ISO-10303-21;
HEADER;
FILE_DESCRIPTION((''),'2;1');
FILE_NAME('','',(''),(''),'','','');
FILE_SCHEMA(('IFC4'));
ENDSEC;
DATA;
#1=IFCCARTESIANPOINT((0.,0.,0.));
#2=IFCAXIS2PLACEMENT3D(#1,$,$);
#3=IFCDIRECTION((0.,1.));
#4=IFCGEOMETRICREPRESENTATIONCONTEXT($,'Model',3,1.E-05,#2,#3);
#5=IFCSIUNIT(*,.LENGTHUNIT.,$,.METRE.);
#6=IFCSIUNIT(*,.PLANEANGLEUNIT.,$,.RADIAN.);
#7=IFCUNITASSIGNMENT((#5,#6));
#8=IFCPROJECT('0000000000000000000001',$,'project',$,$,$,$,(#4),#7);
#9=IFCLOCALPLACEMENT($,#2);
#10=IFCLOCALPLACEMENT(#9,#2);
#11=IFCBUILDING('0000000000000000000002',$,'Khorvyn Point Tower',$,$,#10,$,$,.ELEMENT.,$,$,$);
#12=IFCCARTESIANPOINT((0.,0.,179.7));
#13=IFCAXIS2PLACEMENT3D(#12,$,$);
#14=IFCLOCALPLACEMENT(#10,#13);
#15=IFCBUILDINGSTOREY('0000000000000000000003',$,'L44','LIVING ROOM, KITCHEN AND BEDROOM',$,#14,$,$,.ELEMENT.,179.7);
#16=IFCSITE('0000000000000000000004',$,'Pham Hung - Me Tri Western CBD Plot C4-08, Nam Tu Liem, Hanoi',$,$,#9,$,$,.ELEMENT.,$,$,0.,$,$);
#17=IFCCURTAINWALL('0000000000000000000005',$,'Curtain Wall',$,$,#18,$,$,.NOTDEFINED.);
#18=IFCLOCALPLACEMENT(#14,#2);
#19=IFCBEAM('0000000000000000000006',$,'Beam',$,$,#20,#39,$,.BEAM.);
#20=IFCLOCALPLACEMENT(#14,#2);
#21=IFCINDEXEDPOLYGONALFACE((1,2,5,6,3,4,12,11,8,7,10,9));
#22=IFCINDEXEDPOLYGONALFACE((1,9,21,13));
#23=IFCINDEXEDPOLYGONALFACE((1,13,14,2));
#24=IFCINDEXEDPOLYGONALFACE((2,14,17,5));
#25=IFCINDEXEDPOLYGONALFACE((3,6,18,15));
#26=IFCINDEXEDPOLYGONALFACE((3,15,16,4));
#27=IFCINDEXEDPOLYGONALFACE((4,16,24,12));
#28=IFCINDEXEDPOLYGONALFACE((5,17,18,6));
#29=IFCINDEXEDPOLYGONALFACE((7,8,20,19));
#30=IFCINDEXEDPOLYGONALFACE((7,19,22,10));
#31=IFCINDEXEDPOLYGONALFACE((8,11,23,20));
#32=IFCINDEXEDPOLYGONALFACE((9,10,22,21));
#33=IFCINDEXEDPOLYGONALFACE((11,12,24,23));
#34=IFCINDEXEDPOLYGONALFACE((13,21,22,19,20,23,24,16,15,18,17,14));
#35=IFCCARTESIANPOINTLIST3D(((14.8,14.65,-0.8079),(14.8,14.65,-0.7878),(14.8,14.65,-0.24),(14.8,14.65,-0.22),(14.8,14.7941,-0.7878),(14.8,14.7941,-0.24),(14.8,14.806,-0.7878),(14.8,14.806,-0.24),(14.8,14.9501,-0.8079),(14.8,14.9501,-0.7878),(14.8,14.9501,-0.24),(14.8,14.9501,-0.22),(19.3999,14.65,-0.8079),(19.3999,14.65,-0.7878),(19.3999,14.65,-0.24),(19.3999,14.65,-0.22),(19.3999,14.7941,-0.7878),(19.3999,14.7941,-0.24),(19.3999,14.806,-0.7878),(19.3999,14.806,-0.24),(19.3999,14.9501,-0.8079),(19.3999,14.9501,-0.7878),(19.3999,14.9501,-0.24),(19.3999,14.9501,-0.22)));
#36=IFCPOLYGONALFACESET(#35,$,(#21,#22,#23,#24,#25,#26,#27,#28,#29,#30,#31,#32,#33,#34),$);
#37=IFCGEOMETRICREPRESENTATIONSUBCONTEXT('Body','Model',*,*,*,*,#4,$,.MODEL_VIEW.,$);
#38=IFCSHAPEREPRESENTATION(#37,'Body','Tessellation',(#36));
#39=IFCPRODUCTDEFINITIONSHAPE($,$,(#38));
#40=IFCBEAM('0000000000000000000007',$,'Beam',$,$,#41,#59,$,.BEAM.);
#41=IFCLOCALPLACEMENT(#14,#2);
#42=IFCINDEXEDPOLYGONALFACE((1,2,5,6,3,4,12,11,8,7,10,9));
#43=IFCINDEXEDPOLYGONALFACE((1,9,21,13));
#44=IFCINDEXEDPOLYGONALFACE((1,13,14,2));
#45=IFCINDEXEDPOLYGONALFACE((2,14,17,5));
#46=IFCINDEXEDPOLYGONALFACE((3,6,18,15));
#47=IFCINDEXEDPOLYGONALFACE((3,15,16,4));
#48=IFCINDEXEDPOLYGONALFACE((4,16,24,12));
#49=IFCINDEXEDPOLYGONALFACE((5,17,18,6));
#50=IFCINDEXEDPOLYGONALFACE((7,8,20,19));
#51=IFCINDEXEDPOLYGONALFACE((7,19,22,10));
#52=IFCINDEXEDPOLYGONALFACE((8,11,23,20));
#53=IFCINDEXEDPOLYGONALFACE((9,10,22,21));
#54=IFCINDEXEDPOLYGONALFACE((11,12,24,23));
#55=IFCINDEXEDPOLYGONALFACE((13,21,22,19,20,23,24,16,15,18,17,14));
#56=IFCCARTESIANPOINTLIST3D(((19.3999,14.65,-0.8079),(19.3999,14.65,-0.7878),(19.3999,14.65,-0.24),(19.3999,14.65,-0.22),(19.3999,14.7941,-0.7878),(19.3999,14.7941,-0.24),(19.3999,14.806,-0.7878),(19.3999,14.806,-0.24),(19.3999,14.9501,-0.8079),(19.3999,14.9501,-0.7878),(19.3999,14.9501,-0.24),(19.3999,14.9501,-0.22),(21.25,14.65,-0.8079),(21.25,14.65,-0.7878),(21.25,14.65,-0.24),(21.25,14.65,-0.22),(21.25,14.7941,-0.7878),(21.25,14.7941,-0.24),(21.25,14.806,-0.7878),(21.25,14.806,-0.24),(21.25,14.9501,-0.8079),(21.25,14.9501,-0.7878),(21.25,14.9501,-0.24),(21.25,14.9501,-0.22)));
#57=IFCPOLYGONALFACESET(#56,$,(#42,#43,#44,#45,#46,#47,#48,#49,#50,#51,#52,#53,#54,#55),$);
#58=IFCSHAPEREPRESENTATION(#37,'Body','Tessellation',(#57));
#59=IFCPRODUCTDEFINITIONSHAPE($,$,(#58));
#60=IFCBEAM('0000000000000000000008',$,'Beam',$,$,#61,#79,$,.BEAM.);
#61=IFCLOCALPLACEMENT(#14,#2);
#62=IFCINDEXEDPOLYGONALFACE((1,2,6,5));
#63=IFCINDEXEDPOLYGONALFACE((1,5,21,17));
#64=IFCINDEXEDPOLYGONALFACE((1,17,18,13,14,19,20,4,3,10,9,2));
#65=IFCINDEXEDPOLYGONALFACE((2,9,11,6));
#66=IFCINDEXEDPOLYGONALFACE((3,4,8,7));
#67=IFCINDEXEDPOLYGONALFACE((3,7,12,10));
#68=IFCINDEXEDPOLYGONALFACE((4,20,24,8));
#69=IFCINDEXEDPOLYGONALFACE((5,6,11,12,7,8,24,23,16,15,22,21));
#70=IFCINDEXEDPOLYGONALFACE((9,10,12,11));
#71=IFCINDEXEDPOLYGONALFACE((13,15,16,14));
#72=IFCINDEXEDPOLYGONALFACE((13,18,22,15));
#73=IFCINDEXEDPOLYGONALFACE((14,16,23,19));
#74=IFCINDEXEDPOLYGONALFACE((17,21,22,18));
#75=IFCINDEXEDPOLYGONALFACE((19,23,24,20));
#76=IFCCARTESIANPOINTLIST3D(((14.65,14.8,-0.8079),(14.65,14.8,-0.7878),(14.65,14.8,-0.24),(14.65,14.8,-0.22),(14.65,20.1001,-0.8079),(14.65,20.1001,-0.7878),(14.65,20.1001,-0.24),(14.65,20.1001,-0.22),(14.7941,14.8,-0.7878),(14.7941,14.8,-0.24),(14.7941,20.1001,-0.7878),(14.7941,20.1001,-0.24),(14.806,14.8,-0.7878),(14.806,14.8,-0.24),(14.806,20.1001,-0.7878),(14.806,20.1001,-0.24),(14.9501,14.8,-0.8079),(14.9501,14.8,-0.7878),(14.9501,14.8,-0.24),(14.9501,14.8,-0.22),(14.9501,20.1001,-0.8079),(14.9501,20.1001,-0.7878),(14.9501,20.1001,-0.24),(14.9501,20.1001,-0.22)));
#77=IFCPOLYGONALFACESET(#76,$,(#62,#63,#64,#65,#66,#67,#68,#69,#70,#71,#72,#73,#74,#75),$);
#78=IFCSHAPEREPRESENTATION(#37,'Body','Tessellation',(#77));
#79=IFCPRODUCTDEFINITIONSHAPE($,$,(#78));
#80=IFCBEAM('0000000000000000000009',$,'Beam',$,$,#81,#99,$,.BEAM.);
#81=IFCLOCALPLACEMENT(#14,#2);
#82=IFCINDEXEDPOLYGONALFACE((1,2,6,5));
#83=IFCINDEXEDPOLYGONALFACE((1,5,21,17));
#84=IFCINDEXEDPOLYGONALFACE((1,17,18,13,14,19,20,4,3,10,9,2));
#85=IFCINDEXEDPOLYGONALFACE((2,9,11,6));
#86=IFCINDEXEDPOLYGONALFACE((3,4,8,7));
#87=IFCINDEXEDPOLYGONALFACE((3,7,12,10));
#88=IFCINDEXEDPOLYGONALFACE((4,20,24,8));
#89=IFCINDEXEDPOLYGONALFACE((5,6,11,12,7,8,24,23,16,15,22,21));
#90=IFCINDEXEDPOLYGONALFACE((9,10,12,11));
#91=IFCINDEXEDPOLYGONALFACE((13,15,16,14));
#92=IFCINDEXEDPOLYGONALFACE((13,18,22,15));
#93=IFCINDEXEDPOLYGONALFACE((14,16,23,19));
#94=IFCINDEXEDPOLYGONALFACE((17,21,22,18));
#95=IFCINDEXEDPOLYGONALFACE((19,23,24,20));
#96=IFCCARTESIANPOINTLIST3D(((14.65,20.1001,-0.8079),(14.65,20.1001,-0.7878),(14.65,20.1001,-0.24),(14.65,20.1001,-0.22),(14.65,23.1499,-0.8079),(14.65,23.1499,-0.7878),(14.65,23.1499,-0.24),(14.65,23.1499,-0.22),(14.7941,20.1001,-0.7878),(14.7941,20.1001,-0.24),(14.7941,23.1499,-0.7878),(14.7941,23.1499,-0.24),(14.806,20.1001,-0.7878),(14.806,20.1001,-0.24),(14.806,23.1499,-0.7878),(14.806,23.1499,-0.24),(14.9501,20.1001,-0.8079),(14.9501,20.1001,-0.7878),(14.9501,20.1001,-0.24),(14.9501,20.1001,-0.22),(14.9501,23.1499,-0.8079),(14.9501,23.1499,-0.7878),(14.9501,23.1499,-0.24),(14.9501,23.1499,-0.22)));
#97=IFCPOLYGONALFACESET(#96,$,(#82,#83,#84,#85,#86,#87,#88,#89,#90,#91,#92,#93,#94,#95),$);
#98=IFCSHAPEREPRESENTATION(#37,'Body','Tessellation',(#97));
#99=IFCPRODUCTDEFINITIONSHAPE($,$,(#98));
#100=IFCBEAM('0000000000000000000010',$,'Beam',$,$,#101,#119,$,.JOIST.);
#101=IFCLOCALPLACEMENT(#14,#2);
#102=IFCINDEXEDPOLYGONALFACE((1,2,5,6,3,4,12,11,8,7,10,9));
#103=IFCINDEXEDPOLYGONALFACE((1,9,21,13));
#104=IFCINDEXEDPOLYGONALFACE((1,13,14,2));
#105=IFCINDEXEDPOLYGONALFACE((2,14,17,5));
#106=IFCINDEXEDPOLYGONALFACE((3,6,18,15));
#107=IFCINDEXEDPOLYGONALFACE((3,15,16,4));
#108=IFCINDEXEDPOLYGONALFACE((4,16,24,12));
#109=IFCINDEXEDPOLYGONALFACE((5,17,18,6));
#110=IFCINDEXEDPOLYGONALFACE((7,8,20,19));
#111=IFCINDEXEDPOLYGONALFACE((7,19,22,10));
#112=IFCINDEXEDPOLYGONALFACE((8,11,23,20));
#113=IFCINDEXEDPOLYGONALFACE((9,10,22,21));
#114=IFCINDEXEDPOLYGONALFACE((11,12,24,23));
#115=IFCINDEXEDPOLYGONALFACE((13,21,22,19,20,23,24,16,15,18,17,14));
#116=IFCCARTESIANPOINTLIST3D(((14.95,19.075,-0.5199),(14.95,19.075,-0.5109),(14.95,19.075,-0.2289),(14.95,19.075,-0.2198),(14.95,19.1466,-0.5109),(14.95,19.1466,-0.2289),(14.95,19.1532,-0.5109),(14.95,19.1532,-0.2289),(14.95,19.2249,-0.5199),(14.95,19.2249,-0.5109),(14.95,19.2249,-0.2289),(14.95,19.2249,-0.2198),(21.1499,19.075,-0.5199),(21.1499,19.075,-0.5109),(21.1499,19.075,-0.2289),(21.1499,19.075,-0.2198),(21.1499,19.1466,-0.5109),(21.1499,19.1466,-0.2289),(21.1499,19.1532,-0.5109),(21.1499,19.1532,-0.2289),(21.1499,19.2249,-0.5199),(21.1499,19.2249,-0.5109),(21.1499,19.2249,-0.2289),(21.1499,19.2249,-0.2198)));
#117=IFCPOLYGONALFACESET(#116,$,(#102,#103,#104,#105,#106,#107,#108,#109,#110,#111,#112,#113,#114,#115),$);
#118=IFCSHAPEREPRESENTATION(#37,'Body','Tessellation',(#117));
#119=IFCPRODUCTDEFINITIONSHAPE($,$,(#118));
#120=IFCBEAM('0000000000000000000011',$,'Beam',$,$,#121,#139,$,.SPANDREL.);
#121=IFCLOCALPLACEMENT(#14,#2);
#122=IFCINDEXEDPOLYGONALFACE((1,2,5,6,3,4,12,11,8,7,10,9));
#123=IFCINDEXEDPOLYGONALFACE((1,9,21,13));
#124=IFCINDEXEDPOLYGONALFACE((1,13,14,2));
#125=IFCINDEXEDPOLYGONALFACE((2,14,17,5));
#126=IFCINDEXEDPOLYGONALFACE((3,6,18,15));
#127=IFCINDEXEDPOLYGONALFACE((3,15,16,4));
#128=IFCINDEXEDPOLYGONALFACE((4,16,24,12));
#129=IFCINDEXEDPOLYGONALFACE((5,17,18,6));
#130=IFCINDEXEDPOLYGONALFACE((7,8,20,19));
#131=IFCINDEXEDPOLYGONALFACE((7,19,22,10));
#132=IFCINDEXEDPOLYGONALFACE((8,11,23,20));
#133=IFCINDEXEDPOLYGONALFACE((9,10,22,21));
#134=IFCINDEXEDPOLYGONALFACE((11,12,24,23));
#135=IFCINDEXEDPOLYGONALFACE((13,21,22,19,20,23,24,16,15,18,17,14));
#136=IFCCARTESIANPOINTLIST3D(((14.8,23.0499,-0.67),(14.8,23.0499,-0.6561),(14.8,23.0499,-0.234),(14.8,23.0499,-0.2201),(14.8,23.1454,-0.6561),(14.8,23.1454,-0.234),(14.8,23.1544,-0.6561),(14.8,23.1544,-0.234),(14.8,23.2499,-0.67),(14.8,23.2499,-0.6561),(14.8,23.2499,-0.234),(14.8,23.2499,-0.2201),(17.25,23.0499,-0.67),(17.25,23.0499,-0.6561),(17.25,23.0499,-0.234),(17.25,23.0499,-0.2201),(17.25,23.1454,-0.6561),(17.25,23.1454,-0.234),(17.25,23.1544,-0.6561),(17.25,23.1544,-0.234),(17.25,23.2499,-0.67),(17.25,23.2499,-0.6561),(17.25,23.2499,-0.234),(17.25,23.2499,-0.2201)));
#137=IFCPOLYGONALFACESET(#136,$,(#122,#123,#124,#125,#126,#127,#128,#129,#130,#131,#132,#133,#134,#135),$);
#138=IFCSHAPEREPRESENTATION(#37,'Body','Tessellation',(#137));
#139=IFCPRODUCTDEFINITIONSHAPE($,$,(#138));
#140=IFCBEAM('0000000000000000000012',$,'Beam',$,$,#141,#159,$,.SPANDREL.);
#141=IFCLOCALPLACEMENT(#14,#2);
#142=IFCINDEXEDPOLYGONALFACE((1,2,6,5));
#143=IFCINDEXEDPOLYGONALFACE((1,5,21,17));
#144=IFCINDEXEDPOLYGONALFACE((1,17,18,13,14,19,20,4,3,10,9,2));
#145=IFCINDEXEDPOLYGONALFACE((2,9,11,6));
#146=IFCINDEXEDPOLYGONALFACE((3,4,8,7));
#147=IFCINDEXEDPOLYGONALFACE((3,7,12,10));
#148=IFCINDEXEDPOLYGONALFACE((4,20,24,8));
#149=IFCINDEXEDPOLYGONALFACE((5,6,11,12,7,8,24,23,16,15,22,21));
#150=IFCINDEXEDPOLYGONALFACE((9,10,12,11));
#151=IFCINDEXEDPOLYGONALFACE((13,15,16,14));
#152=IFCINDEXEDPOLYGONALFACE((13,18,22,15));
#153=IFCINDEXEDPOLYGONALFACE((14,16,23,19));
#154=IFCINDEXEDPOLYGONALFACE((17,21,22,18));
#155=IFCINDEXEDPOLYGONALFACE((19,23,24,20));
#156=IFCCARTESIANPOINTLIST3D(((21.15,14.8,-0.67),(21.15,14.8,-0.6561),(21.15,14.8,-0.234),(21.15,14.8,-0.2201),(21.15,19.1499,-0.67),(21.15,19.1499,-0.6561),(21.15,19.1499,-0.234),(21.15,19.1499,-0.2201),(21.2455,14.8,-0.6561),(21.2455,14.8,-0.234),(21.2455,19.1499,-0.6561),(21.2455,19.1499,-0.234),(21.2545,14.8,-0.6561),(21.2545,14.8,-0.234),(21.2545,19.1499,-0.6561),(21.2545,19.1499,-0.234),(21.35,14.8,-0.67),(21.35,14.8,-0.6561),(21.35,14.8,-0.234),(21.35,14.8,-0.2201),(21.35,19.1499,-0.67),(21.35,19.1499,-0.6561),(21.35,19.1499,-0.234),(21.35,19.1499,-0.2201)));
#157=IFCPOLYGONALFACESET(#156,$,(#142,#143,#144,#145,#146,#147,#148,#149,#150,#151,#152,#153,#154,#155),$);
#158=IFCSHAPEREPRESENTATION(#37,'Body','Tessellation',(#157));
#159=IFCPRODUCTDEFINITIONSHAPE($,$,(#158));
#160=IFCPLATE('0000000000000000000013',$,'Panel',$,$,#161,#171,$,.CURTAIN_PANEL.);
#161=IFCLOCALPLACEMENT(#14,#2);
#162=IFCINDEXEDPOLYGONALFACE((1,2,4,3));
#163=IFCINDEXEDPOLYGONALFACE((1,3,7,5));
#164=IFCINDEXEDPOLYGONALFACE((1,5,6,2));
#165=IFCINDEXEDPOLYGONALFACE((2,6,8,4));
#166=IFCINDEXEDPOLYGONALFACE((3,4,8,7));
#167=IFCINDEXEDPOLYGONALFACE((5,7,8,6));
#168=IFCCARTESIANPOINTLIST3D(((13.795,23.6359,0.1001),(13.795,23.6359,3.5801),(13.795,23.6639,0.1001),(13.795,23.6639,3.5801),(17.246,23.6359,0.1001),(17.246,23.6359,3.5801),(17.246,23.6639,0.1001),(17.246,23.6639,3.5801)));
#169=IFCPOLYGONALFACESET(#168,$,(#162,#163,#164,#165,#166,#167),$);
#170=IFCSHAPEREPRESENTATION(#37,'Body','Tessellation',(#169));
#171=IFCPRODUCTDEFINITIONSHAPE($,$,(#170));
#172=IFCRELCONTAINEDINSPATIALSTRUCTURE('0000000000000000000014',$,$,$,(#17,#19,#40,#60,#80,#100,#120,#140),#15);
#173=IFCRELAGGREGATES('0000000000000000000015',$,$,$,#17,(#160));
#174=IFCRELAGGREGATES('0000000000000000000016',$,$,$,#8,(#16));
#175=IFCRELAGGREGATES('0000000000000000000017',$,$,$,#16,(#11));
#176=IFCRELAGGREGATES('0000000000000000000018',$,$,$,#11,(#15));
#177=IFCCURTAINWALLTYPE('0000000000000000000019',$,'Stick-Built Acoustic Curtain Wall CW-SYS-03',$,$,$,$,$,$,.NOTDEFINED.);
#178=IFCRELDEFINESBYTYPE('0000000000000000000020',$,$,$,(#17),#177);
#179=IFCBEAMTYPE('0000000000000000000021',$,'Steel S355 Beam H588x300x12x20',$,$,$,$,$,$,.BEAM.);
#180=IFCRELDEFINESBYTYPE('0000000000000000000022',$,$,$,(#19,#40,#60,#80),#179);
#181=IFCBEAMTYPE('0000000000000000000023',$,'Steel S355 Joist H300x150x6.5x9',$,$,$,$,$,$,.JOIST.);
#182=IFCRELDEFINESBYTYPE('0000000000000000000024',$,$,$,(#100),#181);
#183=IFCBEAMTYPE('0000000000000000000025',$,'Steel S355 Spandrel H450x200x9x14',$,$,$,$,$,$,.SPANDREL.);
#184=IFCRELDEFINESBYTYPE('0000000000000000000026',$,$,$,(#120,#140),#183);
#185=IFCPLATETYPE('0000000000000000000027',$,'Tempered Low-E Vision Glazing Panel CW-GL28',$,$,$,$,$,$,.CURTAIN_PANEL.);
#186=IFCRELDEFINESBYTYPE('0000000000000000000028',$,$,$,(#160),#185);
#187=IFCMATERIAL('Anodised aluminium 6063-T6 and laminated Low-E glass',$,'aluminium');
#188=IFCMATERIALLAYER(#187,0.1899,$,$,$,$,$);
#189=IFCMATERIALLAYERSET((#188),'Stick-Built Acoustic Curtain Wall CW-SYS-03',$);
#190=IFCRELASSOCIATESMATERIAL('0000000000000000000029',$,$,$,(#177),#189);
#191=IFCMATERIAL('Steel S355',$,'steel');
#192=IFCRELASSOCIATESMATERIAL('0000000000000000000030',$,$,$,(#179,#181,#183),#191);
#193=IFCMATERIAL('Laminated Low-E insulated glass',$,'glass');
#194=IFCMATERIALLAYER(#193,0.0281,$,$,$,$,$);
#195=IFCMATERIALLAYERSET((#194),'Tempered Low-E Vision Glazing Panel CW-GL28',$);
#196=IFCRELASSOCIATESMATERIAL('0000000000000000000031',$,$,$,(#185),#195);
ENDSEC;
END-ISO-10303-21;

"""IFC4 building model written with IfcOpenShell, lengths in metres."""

from ifc_helpers import new_model, si_unit, direction, frame, origin, origin_2d, place, context, subcontext, project, spatial, rectangle, i_section, extrude, material, layer, layer_set, material_profile, profile_set, type_object, element, aggregate, save


model = new_model("IFC4")

# Units and contexts
model_context = context("Model", 3, precision=1e-05, world=origin(), true_north=direction((0.0, 1.0)))
body_context = subcontext(model_context, "Body", "Model", "MODEL_VIEW")
ifc_project = project(units=[si_unit("LENGTHUNIT", "METRE"), si_unit("PLANEANGLEUNIT", "RADIAN")], contexts=[model_context])

# Site, building, storey
site_placement = place(None, origin())
site = spatial("IfcSite", under=ifc_project, at=site_placement, Name="Pham Hung - Me Tri Western CBD Plot C4-08, Nam Tu Liem, Hanoi", CompositionType="ELEMENT", RefElevation=0.0)
building_placement = place(site_placement, origin())
building = spatial("IfcBuilding", under=site, at=building_placement, Name="Khorvyn Point Tower", CompositionType="ELEMENT")
storey_placement = place(building_placement, frame((0.0, 0.0, 179.7)))
storey = spatial("IfcBuildingStorey", under=building, at=storey_placement, Name="L44", Description="LIVING ROOM, KITCHEN AND BEDROOM", CompositionType="ELEMENT", Elevation=179.7)

# Curtain wall
ifc_material_1 = material(Name="Anodised aluminium 6063-T6 and laminated Low-E glass", Category="aluminium")
ifc_layer_1 = layer(ifc_material_1, 0.1899)
ifc_layer_set_1 = layer_set([ifc_layer_1], Name="Stick-Built Acoustic Curtain Wall CW-SYS-03")
curtain_wall_type = type_object("IfcCurtainWallType", Name="Stick-Built Acoustic Curtain Wall CW-SYS-03", PredefinedType="NOTDEFINED", material=ifc_layer_set_1)
curtain_wall_1_placement = place(storey_placement, origin())
curtain_wall_1 = element("IfcCurtainWall", 1, at=curtain_wall_1_placement, inside=storey, type_object=curtain_wall_type, Name="Curtain Wall", PredefinedType="NOTDEFINED")

# Beams
ifc_material_2 = material(Name="Steel S355", Category="steel")
ifc_material_profile_1 = material_profile(ifc_material_2, i_section(OverallWidth=0.3, OverallDepth=0.5879, WebThickness=0.012, FlangeThickness=0.02, at=origin_2d()))
ifc_profile_set_1 = profile_set([ifc_material_profile_1], Name="Steel S355 H588x300x12x20")
beam_type_1 = type_object("IfcBeamType", Name="Steel S355 Beam H588x300x12x20", PredefinedType="BEAM", material=ifc_profile_set_1)
beam_1_placement = place(storey_placement, frame((14.8, 14.8, -0.5139), z_axis=(1.0, 0.0, 0.0), x_axis=(0.0, 1.0, 0.0)))
element("IfcBeam", 2, at=beam_1_placement, inside=storey, type_object=beam_type_1, Name="Beam", PredefinedType="BEAM", context=body_context, shape_type="SweptSolid", body=[
    extrude(i_section(OverallWidth=0.3, OverallDepth=0.5879, WebThickness=0.012, FlangeThickness=0.02, at=origin_2d()), origin(), (0.0, 0.0, 1.0), 4.5999),
])
beam_2_placement = place(storey_placement, frame((19.3999, 14.8, -0.5139), z_axis=(1.0, 0.0, 0.0), x_axis=(0.0, 1.0, 0.0)))
element("IfcBeam", 3, at=beam_2_placement, inside=storey, type_object=beam_type_1, Name="Beam", PredefinedType="BEAM", context=body_context, shape_type="SweptSolid", body=[
    extrude(i_section(OverallWidth=0.3, OverallDepth=0.5879, WebThickness=0.012, FlangeThickness=0.02, at=origin_2d()), origin(), (0.0, 0.0, 1.0), 1.8501),
])
beam_3_placement = place(storey_placement, frame((14.8, 14.8, -0.5139), z_axis=(0.0, 1.0, 0.0), x_axis=(-1.0, 0.0, 0.0)))
element("IfcBeam", 4, at=beam_3_placement, inside=storey, type_object=beam_type_1, Name="Beam", PredefinedType="BEAM", context=body_context, shape_type="SweptSolid", body=[
    extrude(i_section(OverallWidth=0.3, OverallDepth=0.5879, WebThickness=0.012, FlangeThickness=0.02, at=origin_2d()), origin(), (0.0, 0.0, 1.0), 5.3),
])
beam_4_placement = place(storey_placement, frame((14.8, 20.1001, -0.5139), z_axis=(0.0, 1.0, 0.0), x_axis=(-1.0, 0.0, 0.0)))
element("IfcBeam", 5, at=beam_4_placement, inside=storey, type_object=beam_type_1, Name="Beam", PredefinedType="BEAM", context=body_context, shape_type="SweptSolid", body=[
    extrude(i_section(OverallWidth=0.3, OverallDepth=0.5879, WebThickness=0.012, FlangeThickness=0.02, at=origin_2d()), origin(), (0.0, 0.0, 1.0), 3.0498),
])
ifc_material_profile_2 = material_profile(ifc_material_2, i_section(OverallWidth=0.1499, OverallDepth=0.3, WebThickness=0.0066, FlangeThickness=0.009, at=origin_2d()))
ifc_profile_set_2 = profile_set([ifc_material_profile_2], Name="Steel S355 H300x150x6.5x9")
beam_type_2 = type_object("IfcBeamType", Name="Steel S355 Joist H300x150x6.5x9", PredefinedType="JOIST", material=ifc_profile_set_2)
beam_5_placement = place(storey_placement, frame((14.95, 19.1499, -0.3699), z_axis=(1.0, 0.0, 0.0), x_axis=(0.0, 1.0, 0.0)))
element("IfcBeam", 6, at=beam_5_placement, inside=storey, type_object=beam_type_2, Name="Beam", PredefinedType="JOIST", context=body_context, shape_type="SweptSolid", body=[
    extrude(i_section(OverallWidth=0.1499, OverallDepth=0.3, WebThickness=0.0066, FlangeThickness=0.009, at=origin_2d()), origin(), (0.0, 0.0, 1.0), 6.2),
])
ifc_material_profile_3 = material_profile(ifc_material_2, i_section(OverallWidth=0.2, OverallDepth=0.45, WebThickness=0.009, FlangeThickness=0.0139, at=origin_2d()))
ifc_profile_set_3 = profile_set([ifc_material_profile_3], Name="Steel S355 H450x200x9x14")
beam_type_3 = type_object("IfcBeamType", Name="Steel S355 Spandrel H450x200x9x14", PredefinedType="SPANDREL", material=ifc_profile_set_3)
beam_6_placement = place(storey_placement, frame((14.8, 23.1499, -0.4451), z_axis=(1.0, 0.0, 0.0), x_axis=(0.0, 1.0, 0.0)))
element("IfcBeam", 7, at=beam_6_placement, inside=storey, type_object=beam_type_3, Name="Beam", PredefinedType="SPANDREL", context=body_context, shape_type="SweptSolid", body=[
    extrude(i_section(OverallWidth=0.2, OverallDepth=0.45, WebThickness=0.009, FlangeThickness=0.0139, at=origin_2d()), origin(), (0.0, 0.0, 1.0), 2.45),
])
beam_7_placement = place(storey_placement, frame((21.25, 14.8, -0.4451), z_axis=(0.0, 1.0, 0.0), x_axis=(-1.0, 0.0, 0.0)))
element("IfcBeam", 8, at=beam_7_placement, inside=storey, type_object=beam_type_3, Name="Beam", PredefinedType="SPANDREL", context=body_context, shape_type="SweptSolid", body=[
    extrude(i_section(OverallWidth=0.2, OverallDepth=0.45, WebThickness=0.009, FlangeThickness=0.0139, at=origin_2d()), origin(), (0.0, 0.0, 1.0), 4.3499),
])

# Plate
ifc_material_3 = material(Name="Laminated Low-E insulated glass", Category="glass")
ifc_layer_2 = layer(ifc_material_3, 0.0281)
ifc_layer_set_2 = layer_set([ifc_layer_2], Name="Tempered Low-E Vision Glazing Panel CW-GL28")
plate_type = type_object("IfcPlateType", Name="Tempered Low-E Vision Glazing Panel CW-GL28", PredefinedType="CURTAIN_PANEL", material=ifc_layer_set_2)
plate_placement = place(storey_placement, frame((15.5205, 23.6499, 0.1001), z_axis=(0.0, 0.0, 1.0), x_axis=(1.0, 0.0, 0.0)))
plate = element("IfcPlate", 9, at=plate_placement, type_object=plate_type, Name="Panel", PredefinedType="CURTAIN_PANEL", context=body_context, shape_type="SweptSolid", body=[
    extrude(rectangle(XDim=3.4509, YDim=0.0281, at=origin_2d()), origin(), (0.0, 0.0, 1.0), 3.48),
])
aggregate(curtain_wall_1, [plate])

save(model, "model.ifc")
